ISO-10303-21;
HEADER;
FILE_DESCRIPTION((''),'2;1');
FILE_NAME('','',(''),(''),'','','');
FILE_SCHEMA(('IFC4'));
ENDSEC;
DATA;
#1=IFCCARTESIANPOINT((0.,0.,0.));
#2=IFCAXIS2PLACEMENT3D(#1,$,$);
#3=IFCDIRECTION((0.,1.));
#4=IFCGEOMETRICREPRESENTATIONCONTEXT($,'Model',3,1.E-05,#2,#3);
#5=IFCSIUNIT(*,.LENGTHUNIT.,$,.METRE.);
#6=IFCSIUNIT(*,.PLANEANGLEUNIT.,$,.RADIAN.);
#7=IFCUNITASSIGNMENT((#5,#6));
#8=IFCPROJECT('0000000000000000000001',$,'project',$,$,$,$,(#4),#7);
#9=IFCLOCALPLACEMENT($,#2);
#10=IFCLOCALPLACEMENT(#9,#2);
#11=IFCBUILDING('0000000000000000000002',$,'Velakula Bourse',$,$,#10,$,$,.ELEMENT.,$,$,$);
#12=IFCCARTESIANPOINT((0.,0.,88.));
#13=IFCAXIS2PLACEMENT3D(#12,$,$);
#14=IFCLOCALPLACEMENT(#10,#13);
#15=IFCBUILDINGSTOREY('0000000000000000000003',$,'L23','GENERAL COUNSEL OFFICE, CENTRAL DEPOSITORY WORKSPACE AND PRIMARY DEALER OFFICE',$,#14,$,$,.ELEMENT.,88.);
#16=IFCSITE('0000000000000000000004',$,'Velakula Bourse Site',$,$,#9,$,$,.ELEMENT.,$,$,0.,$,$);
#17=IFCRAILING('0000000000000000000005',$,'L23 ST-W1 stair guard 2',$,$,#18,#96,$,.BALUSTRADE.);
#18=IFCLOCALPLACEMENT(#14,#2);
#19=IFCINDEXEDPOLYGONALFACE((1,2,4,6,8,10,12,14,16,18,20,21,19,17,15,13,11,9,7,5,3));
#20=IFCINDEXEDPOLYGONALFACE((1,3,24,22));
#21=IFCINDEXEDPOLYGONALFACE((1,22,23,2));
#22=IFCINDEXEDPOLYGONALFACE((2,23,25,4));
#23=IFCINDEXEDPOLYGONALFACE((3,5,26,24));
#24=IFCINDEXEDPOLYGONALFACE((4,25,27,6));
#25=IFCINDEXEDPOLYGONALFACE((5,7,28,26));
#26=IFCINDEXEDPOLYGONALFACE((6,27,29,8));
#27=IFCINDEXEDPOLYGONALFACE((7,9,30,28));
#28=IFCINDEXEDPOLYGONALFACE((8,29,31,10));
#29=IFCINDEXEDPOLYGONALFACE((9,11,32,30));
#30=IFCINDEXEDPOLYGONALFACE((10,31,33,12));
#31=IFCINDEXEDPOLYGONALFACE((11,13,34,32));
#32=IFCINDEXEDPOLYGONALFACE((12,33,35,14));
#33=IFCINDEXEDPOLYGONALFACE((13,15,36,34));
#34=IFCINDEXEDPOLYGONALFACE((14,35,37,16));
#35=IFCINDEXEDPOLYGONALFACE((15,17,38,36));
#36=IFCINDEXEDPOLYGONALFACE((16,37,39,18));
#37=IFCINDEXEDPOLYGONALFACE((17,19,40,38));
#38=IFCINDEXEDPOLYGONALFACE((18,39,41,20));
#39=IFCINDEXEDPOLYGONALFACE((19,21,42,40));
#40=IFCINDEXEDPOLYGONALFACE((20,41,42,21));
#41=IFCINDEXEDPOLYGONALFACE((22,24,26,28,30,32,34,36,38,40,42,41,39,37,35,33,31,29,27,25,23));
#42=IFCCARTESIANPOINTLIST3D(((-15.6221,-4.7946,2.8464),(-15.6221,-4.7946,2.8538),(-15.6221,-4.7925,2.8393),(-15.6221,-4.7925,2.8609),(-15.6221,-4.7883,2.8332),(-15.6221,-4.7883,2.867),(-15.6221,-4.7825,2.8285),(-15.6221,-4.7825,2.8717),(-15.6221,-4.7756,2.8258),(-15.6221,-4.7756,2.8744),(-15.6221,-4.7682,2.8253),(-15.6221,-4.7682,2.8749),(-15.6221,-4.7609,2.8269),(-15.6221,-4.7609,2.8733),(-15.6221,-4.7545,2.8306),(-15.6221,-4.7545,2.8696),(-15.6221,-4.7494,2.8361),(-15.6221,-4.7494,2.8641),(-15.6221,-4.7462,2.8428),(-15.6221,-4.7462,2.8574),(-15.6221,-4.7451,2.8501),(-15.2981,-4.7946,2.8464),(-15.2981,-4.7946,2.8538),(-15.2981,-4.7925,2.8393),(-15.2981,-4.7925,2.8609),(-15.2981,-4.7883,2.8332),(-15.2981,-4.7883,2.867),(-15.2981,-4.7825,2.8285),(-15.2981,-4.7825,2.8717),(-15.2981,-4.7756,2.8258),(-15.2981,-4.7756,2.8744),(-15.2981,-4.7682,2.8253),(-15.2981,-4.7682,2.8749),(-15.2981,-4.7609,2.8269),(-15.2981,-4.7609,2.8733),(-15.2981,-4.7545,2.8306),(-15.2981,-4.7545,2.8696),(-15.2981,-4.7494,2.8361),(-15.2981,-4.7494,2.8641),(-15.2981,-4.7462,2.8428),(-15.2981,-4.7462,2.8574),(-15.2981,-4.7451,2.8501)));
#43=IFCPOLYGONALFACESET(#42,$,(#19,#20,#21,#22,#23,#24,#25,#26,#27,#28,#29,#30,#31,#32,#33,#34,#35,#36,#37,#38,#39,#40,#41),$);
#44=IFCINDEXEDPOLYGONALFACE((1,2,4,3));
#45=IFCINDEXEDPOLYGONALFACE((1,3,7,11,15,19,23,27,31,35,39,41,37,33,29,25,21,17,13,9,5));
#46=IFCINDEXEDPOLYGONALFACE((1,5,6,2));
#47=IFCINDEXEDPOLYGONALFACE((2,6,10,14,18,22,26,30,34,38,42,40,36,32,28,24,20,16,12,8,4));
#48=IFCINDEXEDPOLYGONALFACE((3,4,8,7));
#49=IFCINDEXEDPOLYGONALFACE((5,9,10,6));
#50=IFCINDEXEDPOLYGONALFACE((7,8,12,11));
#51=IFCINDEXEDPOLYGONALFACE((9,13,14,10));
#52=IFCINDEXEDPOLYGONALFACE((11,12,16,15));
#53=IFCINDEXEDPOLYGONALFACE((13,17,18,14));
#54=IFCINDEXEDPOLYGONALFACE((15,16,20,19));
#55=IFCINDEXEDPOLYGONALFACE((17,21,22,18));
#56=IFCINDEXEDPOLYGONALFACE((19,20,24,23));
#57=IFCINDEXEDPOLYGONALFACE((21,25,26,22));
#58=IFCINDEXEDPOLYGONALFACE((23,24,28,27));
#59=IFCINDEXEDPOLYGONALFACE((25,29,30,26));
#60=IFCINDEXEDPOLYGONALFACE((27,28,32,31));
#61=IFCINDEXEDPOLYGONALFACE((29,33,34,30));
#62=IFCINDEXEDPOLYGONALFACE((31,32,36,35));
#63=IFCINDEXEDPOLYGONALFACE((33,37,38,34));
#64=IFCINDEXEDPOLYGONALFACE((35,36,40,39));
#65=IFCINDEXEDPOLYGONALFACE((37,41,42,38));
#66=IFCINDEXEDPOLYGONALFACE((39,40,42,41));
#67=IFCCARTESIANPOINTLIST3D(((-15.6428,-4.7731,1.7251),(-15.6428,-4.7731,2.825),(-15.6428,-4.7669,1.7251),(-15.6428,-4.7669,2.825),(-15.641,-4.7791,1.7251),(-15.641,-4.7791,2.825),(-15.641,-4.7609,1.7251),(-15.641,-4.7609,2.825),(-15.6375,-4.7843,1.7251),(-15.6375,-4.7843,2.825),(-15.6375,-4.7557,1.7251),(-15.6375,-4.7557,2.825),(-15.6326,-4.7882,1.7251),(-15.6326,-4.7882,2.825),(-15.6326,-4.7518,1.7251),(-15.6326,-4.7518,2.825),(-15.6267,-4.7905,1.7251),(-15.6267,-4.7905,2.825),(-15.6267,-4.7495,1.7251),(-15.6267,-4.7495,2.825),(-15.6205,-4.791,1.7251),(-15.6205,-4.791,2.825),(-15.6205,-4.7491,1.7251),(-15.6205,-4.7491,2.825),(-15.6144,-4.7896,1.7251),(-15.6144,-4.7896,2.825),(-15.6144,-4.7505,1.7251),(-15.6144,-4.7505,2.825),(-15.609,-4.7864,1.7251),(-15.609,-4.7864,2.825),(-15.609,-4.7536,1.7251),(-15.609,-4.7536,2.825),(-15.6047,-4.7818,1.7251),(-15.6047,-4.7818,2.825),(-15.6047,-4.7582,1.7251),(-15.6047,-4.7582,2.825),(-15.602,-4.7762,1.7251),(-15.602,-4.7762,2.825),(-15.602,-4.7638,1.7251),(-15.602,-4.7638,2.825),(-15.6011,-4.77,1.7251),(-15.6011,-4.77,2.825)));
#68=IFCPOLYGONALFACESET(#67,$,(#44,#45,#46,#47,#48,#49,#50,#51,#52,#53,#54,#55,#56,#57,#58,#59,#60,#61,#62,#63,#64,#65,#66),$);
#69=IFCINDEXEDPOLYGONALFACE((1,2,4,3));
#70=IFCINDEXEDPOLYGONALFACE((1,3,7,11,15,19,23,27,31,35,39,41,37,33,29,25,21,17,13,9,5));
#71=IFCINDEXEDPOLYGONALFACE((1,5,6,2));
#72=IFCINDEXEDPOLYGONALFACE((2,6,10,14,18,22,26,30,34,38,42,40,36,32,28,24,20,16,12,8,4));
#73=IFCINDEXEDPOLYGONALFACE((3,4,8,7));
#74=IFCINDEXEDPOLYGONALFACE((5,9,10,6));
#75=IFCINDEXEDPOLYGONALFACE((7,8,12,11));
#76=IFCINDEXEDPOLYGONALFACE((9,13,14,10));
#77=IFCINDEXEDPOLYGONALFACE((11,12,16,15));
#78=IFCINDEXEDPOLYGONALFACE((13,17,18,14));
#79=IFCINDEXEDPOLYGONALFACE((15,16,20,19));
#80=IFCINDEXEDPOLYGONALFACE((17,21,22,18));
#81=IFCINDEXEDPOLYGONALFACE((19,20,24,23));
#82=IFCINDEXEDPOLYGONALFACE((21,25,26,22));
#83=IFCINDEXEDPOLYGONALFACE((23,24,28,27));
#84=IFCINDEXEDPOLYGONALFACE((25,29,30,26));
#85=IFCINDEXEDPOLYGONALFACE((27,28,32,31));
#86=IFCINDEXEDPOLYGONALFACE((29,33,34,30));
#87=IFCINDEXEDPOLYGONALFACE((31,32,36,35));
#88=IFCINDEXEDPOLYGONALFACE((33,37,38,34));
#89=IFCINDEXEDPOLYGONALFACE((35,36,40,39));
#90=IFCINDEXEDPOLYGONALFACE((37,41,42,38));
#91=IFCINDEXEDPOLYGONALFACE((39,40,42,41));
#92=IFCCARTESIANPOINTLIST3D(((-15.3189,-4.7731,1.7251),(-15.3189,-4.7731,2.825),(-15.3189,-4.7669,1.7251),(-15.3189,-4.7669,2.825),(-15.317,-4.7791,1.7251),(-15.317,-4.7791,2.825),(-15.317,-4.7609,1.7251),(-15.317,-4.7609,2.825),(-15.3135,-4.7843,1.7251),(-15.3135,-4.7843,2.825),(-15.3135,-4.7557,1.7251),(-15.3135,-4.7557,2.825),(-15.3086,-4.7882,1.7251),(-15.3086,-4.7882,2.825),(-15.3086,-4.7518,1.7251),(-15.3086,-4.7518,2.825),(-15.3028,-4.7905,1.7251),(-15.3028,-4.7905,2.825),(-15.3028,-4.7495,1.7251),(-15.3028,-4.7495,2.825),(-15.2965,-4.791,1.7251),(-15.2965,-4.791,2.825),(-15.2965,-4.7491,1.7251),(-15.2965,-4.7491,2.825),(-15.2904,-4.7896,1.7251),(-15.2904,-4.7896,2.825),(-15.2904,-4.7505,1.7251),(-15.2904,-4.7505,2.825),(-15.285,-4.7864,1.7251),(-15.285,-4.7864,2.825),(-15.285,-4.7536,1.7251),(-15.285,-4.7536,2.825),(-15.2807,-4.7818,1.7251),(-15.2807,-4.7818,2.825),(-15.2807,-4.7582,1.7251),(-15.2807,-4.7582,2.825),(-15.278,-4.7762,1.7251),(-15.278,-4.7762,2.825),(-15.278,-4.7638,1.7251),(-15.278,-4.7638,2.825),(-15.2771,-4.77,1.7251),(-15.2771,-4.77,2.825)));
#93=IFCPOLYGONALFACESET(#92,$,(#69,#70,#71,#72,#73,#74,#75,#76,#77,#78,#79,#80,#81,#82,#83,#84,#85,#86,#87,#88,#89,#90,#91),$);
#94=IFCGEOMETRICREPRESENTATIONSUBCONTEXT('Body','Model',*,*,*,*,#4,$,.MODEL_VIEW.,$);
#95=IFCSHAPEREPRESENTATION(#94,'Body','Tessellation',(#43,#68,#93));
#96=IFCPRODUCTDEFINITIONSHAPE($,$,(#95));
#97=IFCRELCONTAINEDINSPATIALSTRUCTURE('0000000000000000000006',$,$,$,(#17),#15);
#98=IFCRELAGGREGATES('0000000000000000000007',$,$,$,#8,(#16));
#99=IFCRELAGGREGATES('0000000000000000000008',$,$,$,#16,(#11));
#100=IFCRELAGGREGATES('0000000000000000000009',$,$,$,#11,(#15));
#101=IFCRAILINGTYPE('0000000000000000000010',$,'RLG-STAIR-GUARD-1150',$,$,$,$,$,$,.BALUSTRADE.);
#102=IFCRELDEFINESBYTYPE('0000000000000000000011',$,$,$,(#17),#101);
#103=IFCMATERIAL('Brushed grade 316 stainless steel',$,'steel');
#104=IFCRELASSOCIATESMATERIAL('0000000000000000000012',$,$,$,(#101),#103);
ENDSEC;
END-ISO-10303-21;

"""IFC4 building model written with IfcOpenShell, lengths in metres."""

from ifc_helpers import new_model, si_unit, direction, frame, origin, origin_2d, place, context, subcontext, project, spatial, circle, extrude, material, type_object, element, save


model = new_model("IFC4")

# Units and contexts
model_context = context("Model", 3, precision=1e-05, world=origin(), true_north=direction((0.0, 1.0)))
body_context = subcontext(model_context, "Body", "Model", "MODEL_VIEW")
ifc_project = project(units=[si_unit("LENGTHUNIT", "METRE"), si_unit("PLANEANGLEUNIT", "RADIAN")], contexts=[model_context])

# Site, building, storey
site_placement = place(None, origin())
site = spatial("IfcSite", under=ifc_project, at=site_placement, Name="Velakula Bourse Site", CompositionType="ELEMENT", RefElevation=0.0)
building_placement = place(site_placement, origin())
building = spatial("IfcBuilding", under=site, at=building_placement, Name="Velakula Bourse", CompositionType="ELEMENT")
storey_placement = place(building_placement, frame((0.0, 0.0, 88.0)))
storey = spatial("IfcBuildingStorey", under=building, at=storey_placement, Name="L23", Description="GENERAL COUNSEL OFFICE, CENTRAL DEPOSITORY WORKSPACE AND PRIMARY DEALER OFFICE", CompositionType="ELEMENT", Elevation=88.0)

# Shared definitions
ifc_material_1 = material(Name="Brushed grade 316 stainless steel", Category="steel")

# Railing
railing_type_1 = type_object("IfcRailingType", Name="RLG-STAIR-GUARD-1150", PredefinedType="BALUSTRADE", material=ifc_material_1)
railing_1_placement = place(storey_placement, frame((-15.6221, -4.77, 1.7251)))
element("IfcRailing", 1, at=railing_1_placement, inside=storey, type_object=railing_type_1, Name="L23 ST-W1 stair guard 2", PredefinedType="BALUSTRADE", context=body_context, shape_type="SweptSolid", body=[
    extrude(circle(Radius=0.0249, at=origin_2d()), frame((0.0, 0.0, 1.125), z_axis=(1.0, 0.0, 0.0), x_axis=(0.0, 1.0, 0.0)), (0.0, 0.0, 1.0), 0.324),
    extrude(circle(Radius=0.021, at=origin_2d()), origin(), (0.0, 0.0, 1.0), 1.0999),
    extrude(circle(Radius=0.021, at=origin_2d()), frame((0.324, 0.0, 0.0)), (0.0, 0.0, 1.0), 1.0999),
])

save(model, "model.ifc")
